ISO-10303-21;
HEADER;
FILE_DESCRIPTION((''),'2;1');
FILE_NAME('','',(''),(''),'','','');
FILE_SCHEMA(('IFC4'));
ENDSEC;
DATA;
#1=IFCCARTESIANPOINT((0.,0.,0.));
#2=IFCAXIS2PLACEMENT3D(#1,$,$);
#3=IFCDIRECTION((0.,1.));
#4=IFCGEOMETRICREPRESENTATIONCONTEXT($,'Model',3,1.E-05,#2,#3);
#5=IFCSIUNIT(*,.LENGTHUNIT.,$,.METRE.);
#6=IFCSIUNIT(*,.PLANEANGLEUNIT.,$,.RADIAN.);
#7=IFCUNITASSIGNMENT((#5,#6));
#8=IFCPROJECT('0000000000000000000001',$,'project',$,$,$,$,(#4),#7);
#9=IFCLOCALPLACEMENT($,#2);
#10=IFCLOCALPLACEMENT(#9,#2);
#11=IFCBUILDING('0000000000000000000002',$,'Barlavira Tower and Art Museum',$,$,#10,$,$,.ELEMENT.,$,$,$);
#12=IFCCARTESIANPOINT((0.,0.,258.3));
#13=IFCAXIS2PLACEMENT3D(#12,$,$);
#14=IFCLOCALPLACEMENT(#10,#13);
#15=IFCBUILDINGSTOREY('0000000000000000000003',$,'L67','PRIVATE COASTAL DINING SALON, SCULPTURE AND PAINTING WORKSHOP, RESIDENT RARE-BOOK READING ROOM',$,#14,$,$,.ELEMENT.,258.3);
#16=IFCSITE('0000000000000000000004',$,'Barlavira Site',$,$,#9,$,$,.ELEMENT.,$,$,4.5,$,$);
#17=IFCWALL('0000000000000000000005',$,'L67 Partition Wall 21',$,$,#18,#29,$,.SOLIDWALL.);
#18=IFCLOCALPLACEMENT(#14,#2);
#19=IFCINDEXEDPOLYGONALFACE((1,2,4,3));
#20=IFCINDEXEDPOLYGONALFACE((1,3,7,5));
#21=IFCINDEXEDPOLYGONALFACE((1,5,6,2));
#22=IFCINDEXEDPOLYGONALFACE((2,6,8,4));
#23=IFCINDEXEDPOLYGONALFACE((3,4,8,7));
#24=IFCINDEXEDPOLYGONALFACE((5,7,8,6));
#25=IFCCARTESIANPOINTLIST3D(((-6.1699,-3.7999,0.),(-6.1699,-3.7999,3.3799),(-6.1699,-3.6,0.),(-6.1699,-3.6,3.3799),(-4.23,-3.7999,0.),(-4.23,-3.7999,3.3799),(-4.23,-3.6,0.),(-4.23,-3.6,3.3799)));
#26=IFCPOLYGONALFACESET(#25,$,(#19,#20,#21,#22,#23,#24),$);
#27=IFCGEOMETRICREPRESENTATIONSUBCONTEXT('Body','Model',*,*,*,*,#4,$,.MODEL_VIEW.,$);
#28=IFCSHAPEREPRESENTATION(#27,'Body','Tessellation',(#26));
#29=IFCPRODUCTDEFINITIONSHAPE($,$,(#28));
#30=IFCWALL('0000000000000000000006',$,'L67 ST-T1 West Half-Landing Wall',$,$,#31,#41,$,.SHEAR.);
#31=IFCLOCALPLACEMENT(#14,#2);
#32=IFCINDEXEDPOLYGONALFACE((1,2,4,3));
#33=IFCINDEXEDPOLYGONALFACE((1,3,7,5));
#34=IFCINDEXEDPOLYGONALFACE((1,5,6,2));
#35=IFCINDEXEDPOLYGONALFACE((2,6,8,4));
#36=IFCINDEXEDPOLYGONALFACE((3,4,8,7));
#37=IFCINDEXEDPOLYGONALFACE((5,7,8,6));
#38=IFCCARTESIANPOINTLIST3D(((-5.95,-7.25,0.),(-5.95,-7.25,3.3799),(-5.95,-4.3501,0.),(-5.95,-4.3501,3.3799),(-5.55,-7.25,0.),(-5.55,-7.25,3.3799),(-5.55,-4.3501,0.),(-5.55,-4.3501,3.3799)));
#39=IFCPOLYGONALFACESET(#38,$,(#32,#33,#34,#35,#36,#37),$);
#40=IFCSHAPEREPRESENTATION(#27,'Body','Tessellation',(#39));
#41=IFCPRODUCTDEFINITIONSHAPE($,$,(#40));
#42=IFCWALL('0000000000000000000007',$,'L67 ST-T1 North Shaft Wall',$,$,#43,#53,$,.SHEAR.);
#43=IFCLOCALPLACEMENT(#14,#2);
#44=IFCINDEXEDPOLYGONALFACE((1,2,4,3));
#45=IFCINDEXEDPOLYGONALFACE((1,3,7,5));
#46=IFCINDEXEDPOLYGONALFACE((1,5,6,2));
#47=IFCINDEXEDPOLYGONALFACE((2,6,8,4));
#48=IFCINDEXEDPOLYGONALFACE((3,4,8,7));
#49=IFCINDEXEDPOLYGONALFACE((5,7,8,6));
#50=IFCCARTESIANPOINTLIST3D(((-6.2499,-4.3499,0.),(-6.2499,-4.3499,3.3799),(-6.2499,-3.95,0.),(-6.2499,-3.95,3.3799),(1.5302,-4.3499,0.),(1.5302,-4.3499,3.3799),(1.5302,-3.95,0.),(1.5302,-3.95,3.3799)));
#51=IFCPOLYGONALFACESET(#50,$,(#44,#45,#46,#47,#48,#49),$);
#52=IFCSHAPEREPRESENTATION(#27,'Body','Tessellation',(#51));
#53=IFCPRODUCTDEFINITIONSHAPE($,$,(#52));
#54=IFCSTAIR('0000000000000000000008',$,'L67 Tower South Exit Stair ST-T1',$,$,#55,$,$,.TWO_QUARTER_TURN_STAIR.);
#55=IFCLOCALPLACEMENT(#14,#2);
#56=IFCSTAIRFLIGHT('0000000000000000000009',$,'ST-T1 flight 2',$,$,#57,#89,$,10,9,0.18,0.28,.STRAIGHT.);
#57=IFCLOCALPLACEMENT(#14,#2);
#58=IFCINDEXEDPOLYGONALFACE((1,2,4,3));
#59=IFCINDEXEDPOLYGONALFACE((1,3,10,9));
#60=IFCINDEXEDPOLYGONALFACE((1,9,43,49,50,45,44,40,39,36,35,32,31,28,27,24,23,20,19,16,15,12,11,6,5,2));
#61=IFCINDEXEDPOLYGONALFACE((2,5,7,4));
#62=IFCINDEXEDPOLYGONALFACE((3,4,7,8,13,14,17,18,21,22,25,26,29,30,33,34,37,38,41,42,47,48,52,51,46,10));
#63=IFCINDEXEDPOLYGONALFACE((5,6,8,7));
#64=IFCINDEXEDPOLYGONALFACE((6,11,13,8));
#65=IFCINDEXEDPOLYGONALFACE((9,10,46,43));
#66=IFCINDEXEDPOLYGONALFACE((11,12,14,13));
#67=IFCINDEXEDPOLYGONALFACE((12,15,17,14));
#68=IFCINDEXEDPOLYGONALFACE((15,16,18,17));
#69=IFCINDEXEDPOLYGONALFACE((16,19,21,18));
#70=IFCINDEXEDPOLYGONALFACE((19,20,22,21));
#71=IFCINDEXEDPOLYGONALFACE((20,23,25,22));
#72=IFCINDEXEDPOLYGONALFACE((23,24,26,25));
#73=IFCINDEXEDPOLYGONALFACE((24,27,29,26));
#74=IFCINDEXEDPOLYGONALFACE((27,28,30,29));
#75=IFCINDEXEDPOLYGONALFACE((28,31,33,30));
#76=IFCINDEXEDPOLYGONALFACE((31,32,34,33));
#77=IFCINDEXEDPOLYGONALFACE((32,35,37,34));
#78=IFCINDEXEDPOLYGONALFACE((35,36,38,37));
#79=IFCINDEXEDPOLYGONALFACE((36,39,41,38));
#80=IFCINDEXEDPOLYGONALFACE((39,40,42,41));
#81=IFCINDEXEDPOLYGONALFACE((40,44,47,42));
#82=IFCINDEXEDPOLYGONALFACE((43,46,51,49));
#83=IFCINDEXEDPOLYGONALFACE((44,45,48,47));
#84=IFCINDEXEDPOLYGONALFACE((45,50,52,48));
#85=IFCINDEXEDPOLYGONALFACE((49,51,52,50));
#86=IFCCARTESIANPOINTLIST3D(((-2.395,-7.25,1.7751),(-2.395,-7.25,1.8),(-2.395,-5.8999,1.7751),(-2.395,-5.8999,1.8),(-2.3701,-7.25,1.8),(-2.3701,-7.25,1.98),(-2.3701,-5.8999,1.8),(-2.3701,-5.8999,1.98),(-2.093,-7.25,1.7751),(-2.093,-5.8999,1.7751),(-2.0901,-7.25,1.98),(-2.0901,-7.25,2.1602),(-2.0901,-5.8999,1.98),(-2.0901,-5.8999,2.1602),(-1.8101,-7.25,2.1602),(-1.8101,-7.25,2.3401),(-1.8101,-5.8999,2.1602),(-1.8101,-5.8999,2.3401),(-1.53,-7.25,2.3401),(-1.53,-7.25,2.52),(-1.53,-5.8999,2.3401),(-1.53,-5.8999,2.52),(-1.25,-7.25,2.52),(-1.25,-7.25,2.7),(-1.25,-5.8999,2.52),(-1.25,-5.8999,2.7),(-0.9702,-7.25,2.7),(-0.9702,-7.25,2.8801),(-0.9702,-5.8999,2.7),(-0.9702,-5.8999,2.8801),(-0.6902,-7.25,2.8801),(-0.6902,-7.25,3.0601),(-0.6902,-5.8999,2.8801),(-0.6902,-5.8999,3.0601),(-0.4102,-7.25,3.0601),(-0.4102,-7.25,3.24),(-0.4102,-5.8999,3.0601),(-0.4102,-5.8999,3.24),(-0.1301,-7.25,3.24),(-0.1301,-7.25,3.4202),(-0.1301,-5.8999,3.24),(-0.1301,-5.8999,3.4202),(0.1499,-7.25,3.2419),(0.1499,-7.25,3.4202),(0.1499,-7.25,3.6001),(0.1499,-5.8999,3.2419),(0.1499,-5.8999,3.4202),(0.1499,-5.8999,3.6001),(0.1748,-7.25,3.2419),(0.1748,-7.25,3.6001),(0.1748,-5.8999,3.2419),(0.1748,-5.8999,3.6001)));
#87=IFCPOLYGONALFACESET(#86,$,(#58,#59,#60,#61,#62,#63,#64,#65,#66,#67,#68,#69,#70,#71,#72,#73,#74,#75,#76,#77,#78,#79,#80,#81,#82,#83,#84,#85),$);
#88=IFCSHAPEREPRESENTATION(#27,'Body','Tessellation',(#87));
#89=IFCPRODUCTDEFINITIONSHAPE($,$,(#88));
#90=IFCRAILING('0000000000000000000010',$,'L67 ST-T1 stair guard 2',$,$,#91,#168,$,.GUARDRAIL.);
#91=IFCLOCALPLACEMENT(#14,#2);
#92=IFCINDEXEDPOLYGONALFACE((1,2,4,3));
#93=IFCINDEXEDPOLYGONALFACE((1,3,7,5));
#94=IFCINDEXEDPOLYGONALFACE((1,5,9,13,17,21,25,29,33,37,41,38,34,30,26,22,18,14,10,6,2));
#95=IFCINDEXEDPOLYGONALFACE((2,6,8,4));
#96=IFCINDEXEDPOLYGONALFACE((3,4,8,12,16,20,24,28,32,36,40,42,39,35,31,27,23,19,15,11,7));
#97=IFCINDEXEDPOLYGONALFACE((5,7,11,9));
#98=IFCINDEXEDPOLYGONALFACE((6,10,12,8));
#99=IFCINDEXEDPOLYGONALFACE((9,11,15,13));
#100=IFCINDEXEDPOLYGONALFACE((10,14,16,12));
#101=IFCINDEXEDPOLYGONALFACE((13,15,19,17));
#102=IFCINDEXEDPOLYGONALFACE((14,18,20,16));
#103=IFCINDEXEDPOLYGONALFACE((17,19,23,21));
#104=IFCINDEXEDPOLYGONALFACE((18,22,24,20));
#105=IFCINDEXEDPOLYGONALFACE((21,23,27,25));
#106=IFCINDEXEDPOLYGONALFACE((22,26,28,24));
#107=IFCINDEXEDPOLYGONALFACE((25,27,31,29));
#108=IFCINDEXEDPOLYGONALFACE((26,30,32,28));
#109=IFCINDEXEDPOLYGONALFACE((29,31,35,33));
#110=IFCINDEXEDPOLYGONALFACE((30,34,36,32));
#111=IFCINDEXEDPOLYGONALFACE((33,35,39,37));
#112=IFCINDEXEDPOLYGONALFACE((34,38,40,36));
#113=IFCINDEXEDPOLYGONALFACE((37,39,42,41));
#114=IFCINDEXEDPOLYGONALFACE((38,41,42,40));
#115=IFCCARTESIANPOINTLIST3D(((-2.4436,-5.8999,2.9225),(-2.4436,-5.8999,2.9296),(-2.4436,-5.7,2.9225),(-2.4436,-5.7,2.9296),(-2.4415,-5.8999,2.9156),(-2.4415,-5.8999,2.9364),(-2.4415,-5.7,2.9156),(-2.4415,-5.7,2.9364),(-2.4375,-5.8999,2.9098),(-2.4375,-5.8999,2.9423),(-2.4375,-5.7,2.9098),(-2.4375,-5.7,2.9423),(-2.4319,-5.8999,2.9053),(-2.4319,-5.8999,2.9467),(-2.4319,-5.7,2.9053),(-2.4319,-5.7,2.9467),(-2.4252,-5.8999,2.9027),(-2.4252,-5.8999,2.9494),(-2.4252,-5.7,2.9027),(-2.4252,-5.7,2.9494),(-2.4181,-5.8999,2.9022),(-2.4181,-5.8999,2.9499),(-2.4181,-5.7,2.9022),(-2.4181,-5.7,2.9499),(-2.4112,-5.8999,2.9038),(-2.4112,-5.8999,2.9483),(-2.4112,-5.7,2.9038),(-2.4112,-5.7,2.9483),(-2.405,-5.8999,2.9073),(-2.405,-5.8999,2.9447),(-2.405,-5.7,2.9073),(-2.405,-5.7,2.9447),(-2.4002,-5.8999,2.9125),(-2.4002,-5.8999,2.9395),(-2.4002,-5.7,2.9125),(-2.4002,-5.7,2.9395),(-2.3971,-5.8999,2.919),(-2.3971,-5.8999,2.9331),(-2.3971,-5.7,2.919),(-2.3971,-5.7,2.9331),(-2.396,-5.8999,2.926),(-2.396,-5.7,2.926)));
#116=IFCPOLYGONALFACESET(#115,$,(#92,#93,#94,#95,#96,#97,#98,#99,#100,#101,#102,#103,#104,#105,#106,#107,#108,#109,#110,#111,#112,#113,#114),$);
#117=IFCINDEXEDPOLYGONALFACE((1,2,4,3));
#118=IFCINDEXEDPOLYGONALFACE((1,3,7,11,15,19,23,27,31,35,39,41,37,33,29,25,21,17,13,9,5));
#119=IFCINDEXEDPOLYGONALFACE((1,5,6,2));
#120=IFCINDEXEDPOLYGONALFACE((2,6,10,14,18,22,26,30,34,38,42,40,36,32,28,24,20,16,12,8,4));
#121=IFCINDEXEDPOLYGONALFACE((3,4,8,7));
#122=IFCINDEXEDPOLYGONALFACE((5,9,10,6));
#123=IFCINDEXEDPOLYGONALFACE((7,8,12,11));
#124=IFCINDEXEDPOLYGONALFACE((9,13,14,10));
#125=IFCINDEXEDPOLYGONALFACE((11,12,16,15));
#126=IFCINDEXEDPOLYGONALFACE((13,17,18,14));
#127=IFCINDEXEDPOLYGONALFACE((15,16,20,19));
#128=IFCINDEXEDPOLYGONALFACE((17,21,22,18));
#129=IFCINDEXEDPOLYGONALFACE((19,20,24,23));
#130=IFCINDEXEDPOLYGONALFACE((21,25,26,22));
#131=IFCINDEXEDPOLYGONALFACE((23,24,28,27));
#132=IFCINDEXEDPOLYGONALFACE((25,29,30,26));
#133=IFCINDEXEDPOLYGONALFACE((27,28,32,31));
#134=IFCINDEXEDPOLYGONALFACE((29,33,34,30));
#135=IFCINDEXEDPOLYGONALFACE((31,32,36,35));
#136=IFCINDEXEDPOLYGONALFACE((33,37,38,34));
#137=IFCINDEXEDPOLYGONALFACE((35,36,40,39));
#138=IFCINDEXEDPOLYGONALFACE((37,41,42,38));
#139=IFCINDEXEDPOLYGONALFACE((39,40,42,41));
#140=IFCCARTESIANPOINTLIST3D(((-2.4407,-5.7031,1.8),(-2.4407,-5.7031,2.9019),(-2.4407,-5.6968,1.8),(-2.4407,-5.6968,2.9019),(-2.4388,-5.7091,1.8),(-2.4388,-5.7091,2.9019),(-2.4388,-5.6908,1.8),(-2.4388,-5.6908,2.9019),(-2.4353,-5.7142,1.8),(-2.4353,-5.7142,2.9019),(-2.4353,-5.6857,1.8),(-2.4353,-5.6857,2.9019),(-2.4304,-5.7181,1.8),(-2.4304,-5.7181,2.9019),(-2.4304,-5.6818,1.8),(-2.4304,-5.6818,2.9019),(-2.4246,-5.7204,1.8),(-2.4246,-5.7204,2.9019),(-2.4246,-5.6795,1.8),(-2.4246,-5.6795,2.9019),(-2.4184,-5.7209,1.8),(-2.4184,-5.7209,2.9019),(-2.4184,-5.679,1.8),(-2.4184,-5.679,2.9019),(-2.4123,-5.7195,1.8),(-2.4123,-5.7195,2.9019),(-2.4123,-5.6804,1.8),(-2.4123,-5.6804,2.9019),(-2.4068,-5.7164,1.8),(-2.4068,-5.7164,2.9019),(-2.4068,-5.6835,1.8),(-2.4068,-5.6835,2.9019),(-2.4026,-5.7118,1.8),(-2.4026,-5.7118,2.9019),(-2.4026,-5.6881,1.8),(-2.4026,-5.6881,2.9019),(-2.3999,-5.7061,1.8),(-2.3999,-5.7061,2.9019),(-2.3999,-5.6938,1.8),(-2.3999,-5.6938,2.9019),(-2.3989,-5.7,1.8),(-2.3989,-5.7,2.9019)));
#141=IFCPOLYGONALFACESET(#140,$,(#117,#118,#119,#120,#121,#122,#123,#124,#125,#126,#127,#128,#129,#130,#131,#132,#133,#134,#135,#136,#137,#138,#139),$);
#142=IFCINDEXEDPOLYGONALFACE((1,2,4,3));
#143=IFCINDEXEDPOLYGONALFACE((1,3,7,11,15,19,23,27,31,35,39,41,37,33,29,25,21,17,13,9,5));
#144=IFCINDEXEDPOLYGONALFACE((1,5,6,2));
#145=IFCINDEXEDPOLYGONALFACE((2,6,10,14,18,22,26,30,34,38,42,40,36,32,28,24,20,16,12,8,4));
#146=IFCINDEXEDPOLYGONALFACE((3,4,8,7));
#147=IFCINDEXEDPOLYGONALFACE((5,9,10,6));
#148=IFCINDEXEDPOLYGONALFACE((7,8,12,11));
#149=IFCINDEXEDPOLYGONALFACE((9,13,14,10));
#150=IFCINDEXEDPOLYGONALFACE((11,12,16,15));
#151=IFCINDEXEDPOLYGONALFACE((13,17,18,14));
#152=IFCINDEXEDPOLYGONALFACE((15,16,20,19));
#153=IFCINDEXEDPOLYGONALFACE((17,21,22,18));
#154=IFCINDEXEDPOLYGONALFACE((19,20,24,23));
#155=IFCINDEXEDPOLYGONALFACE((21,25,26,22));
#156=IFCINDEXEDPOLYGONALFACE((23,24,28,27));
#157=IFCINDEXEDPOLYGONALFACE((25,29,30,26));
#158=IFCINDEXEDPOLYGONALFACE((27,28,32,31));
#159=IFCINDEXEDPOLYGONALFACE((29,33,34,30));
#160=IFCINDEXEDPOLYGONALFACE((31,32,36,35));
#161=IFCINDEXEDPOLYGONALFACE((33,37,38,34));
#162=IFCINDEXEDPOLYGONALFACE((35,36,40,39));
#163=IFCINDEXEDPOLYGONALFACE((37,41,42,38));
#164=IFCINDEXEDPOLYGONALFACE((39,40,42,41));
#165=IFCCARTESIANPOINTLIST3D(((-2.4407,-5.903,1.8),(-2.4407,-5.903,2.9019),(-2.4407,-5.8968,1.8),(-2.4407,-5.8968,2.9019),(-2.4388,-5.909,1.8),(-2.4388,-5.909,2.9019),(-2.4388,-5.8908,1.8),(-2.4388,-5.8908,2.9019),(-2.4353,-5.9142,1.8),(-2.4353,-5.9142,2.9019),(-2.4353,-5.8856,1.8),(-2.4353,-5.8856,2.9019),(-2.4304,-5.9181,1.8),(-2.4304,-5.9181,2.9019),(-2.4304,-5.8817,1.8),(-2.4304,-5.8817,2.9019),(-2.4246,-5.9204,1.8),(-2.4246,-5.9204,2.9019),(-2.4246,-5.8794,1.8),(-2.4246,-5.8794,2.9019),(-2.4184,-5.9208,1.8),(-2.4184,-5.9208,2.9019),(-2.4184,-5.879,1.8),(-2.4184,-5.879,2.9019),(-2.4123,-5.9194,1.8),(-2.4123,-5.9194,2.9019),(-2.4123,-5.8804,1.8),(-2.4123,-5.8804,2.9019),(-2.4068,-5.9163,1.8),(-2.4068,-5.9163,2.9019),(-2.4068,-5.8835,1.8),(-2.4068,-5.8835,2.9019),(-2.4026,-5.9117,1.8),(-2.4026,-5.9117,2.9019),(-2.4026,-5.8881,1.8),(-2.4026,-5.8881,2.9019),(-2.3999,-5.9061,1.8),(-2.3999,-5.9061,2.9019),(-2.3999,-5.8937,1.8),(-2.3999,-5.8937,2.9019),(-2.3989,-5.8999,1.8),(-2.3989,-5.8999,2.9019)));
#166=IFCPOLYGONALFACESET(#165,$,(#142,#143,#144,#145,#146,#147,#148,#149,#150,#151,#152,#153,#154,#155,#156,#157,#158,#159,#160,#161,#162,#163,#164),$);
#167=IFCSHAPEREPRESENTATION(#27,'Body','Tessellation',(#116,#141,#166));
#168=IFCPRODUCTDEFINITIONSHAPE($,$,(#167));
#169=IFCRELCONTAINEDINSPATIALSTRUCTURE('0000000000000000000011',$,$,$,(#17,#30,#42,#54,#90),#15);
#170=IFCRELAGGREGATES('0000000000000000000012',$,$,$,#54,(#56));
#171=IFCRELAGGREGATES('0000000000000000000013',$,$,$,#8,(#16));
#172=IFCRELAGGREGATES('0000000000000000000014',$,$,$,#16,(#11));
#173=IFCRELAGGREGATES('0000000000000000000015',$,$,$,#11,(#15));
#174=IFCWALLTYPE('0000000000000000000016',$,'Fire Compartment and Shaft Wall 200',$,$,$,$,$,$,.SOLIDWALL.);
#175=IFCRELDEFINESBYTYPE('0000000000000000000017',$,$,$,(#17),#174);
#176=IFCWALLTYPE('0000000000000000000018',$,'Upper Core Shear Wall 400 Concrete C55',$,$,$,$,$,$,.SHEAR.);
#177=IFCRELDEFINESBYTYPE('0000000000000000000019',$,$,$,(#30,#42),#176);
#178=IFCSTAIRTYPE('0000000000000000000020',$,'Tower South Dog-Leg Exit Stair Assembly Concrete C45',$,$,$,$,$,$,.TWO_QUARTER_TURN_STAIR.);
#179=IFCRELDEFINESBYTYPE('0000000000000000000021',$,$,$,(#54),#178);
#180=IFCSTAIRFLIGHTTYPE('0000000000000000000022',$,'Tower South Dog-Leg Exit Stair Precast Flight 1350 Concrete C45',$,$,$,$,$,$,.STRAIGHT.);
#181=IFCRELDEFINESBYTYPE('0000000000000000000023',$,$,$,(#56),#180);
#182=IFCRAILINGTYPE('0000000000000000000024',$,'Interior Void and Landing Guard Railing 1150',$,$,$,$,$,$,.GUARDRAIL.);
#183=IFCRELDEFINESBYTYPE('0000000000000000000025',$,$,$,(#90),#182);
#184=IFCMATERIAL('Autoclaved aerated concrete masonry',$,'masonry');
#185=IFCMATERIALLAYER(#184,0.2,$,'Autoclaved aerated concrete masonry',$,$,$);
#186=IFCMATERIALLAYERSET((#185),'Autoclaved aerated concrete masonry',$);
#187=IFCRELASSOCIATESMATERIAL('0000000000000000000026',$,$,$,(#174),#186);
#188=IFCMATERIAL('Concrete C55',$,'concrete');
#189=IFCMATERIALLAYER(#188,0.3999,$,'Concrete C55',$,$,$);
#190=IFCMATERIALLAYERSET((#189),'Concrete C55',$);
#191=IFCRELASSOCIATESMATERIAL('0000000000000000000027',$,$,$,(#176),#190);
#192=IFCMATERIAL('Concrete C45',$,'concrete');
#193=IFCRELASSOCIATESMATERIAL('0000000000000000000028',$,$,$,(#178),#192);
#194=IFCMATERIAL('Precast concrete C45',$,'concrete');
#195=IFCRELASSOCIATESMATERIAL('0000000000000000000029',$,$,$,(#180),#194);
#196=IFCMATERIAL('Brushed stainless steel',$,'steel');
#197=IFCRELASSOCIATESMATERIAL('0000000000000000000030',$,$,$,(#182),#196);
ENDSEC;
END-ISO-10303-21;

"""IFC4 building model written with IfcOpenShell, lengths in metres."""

from ifc_helpers import new_model, si_unit, direction, frame, frame_2d, origin, origin_2d, place, context, subcontext, project, spatial, polyline, rectangle, circle, outline, extrude, material, layer, layer_set, type_object, element, aggregate, save


model = new_model("IFC4")

# Units and contexts
model_context = context("Model", 3, precision=1e-05, world=origin(), true_north=direction((0.0, 1.0)))
body_context = subcontext(model_context, "Body", "Model", "MODEL_VIEW")
ifc_project = project(units=[si_unit("LENGTHUNIT", "METRE"), si_unit("PLANEANGLEUNIT", "RADIAN")], contexts=[model_context])

# Site, building, storey
site_placement = place(None, origin())
site = spatial("IfcSite", under=ifc_project, at=site_placement, Name="Barlavira Site", CompositionType="ELEMENT", RefElevation=4.5)
building_placement = place(site_placement, origin())
building = spatial("IfcBuilding", under=site, at=building_placement, Name="Barlavira Tower and Art Museum", CompositionType="ELEMENT")
storey_placement = place(building_placement, frame((0.0, 0.0, 258.3)))
storey = spatial("IfcBuildingStorey", under=building, at=storey_placement, Name="L67", Description="PRIVATE COASTAL DINING SALON, SCULPTURE AND PAINTING WORKSHOP, RESIDENT RARE-BOOK READING ROOM", CompositionType="ELEMENT", Elevation=258.3)

# Shared definitions
ifc_material_1 = material(Name="Autoclaved aerated concrete masonry", Category="masonry")
ifc_layer_1 = layer(ifc_material_1, 0.2, Name="Autoclaved aerated concrete masonry")
ifc_layer_set_1 = layer_set([ifc_layer_1], Name="Autoclaved aerated concrete masonry")
wall_type_1 = type_object("IfcWallType", Name="Fire Compartment and Shaft Wall 200", PredefinedType="SOLIDWALL", material=ifc_layer_set_1)

# Shared definitions
ifc_material_2 = material(Name="Brushed stainless steel", Category="steel")

# Wall
wall_1_placement = place(storey_placement, frame((-6.1699, -3.7, 0.0), z_axis=(0.0, 0.0, 1.0), x_axis=(1.0, 0.0, 0.0)))
element("IfcWall", 1, at=wall_1_placement, inside=storey, type_object=wall_type_1, Name="L67 Partition Wall 21", PredefinedType="SOLIDWALL", context=body_context, shape_type="SweptSolid", body=[
    extrude(rectangle(XDim=1.9399, YDim=0.2, at=frame_2d((0.97, 0.0))), origin(), (0.0, 0.0, 1.0), 3.3799),
])

# Walls
ifc_material_3 = material(Name="Concrete C55", Category="concrete")
ifc_layer_2 = layer(ifc_material_3, 0.3999, Name="Concrete C55")
ifc_layer_set_2 = layer_set([ifc_layer_2], Name="Concrete C55")
wall_type_2 = type_object("IfcWallType", Name="Upper Core Shear Wall 400 Concrete C55", PredefinedType="SHEAR", material=ifc_layer_set_2)
wall_2_placement = place(storey_placement, frame((-5.75, -7.25, 0.0), z_axis=(0.0, 0.0, 1.0), x_axis=(0.0, 1.0, 0.0)))
element("IfcWall", 2, at=wall_2_placement, inside=storey, type_object=wall_type_2, Name="L67 ST-T1 West Half-Landing Wall", PredefinedType="SHEAR", context=body_context, shape_type="SweptSolid", body=[
    extrude(rectangle(XDim=2.8999, YDim=0.3999, at=frame_2d((1.45, 0.0))), origin(), (0.0, 0.0, 1.0), 3.3799),
])
wall_3_placement = place(storey_placement, frame((-6.25, -4.1499, 0.0), z_axis=(0.0, 0.0, 1.0), x_axis=(1.0, 0.0, 0.0)))
element("IfcWall", 3, at=wall_3_placement, inside=storey, type_object=wall_type_2, Name="L67 ST-T1 North Shaft Wall", PredefinedType="SHEAR", context=body_context, shape_type="SweptSolid", body=[
    extrude(rectangle(XDim=7.78, YDim=0.3999, at=frame_2d((3.8901, 0.0))), origin(), (0.0, 0.0, 1.0), 3.3799),
])

# Stair, stair flight
ifc_material_4 = material(Name="Concrete C45", Category="concrete")
stair_type = type_object("IfcStairType", Name="Tower South Dog-Leg Exit Stair Assembly Concrete C45", PredefinedType="TWO_QUARTER_TURN_STAIR", material=ifc_material_4)
stair_placement = place(storey_placement, origin())
stair = element("IfcStair", 4, at=stair_placement, inside=storey, type_object=stair_type, Name="L67 Tower South Exit Stair ST-T1", PredefinedType="TWO_QUARTER_TURN_STAIR")
ifc_material_5 = material(Name="Precast concrete C45", Category="concrete")
stair_flight_type = type_object("IfcStairFlightType", Name="Tower South Dog-Leg Exit Stair Precast Flight 1350 Concrete C45", PredefinedType="STRAIGHT", material=ifc_material_5)
stair_flight_placement = place(storey_placement, frame((-2.3701, -6.575, 1.8), z_axis=(0.0, 0.0, 1.0), x_axis=(1.0, 0.0, 0.0)))
stair_flight = element("IfcStairFlight", 5, at=stair_flight_placement, type_object=stair_flight_type, Name="ST-T1 flight 2", NumberOfRisers=10, NumberOfTreads=9, PredefinedType="STRAIGHT", RiserHeight=0.18, TreadLength=0.28, context=body_context, shape_type="SweptSolid", body=[
    extrude(outline(polyline([(-0.0249, 0.0), (0.0, 0.0), (0.0, 0.1799), (0.28, 0.1799), (0.28, 0.3601), (0.5601, 0.3601), (0.5601, 0.54), (0.8401, 0.54), (0.8401, 0.72), (1.1201, 0.72), (1.1201, 0.8999), (1.3999, 0.8999), (1.3999, 1.0801), (1.6799, 1.0801), (1.6799, 1.26), (1.96, 1.26), (1.96, 1.4399), (2.24, 1.4399), (2.24, 1.6201), (2.52, 1.6201), (2.52, 1.8), (2.5449, 1.8), (2.5449, 1.4419), (2.52, 1.4419), (0.2771, -0.0249), (-0.0249, -0.0249), (-0.0249, 0.0)])), frame((0.0, 0.675, 0.0), z_axis=(0.0, -1.0, 0.0), x_axis=(1.0, 0.0, 0.0)), (0.0, 0.0, 1.0), 1.3501),
])
aggregate(stair, [stair_flight])

# Railing
railing_type_1 = type_object("IfcRailingType", Name="Interior Void and Landing Guard Railing 1150", PredefinedType="GUARDRAIL", material=ifc_material_2)
railing_1_placement = place(storey_placement, frame((-2.4199, -5.7, 1.8)))
element("IfcRailing", 6, at=railing_1_placement, inside=storey, type_object=railing_type_1, Name="L67 ST-T1 stair guard 2", PredefinedType="GUARDRAIL", context=body_context, shape_type="SweptSolid", body=[
    extrude(circle(Radius=0.0239, at=origin_2d()), frame((0.0, 0.0, 1.126), z_axis=(0.0, -1.0, 0.0), x_axis=(1.0, 0.0, 0.0)), (0.0, 0.0, 1.0), 0.2),
    extrude(circle(Radius=0.021, at=origin_2d()), origin(), (0.0, 0.0, 1.0), 1.1018),
    extrude(circle(Radius=0.021, at=origin_2d()), frame((0.0, -0.2, 0.0)), (0.0, 0.0, 1.0), 1.1018),
])

save(model, "model.ifc")
